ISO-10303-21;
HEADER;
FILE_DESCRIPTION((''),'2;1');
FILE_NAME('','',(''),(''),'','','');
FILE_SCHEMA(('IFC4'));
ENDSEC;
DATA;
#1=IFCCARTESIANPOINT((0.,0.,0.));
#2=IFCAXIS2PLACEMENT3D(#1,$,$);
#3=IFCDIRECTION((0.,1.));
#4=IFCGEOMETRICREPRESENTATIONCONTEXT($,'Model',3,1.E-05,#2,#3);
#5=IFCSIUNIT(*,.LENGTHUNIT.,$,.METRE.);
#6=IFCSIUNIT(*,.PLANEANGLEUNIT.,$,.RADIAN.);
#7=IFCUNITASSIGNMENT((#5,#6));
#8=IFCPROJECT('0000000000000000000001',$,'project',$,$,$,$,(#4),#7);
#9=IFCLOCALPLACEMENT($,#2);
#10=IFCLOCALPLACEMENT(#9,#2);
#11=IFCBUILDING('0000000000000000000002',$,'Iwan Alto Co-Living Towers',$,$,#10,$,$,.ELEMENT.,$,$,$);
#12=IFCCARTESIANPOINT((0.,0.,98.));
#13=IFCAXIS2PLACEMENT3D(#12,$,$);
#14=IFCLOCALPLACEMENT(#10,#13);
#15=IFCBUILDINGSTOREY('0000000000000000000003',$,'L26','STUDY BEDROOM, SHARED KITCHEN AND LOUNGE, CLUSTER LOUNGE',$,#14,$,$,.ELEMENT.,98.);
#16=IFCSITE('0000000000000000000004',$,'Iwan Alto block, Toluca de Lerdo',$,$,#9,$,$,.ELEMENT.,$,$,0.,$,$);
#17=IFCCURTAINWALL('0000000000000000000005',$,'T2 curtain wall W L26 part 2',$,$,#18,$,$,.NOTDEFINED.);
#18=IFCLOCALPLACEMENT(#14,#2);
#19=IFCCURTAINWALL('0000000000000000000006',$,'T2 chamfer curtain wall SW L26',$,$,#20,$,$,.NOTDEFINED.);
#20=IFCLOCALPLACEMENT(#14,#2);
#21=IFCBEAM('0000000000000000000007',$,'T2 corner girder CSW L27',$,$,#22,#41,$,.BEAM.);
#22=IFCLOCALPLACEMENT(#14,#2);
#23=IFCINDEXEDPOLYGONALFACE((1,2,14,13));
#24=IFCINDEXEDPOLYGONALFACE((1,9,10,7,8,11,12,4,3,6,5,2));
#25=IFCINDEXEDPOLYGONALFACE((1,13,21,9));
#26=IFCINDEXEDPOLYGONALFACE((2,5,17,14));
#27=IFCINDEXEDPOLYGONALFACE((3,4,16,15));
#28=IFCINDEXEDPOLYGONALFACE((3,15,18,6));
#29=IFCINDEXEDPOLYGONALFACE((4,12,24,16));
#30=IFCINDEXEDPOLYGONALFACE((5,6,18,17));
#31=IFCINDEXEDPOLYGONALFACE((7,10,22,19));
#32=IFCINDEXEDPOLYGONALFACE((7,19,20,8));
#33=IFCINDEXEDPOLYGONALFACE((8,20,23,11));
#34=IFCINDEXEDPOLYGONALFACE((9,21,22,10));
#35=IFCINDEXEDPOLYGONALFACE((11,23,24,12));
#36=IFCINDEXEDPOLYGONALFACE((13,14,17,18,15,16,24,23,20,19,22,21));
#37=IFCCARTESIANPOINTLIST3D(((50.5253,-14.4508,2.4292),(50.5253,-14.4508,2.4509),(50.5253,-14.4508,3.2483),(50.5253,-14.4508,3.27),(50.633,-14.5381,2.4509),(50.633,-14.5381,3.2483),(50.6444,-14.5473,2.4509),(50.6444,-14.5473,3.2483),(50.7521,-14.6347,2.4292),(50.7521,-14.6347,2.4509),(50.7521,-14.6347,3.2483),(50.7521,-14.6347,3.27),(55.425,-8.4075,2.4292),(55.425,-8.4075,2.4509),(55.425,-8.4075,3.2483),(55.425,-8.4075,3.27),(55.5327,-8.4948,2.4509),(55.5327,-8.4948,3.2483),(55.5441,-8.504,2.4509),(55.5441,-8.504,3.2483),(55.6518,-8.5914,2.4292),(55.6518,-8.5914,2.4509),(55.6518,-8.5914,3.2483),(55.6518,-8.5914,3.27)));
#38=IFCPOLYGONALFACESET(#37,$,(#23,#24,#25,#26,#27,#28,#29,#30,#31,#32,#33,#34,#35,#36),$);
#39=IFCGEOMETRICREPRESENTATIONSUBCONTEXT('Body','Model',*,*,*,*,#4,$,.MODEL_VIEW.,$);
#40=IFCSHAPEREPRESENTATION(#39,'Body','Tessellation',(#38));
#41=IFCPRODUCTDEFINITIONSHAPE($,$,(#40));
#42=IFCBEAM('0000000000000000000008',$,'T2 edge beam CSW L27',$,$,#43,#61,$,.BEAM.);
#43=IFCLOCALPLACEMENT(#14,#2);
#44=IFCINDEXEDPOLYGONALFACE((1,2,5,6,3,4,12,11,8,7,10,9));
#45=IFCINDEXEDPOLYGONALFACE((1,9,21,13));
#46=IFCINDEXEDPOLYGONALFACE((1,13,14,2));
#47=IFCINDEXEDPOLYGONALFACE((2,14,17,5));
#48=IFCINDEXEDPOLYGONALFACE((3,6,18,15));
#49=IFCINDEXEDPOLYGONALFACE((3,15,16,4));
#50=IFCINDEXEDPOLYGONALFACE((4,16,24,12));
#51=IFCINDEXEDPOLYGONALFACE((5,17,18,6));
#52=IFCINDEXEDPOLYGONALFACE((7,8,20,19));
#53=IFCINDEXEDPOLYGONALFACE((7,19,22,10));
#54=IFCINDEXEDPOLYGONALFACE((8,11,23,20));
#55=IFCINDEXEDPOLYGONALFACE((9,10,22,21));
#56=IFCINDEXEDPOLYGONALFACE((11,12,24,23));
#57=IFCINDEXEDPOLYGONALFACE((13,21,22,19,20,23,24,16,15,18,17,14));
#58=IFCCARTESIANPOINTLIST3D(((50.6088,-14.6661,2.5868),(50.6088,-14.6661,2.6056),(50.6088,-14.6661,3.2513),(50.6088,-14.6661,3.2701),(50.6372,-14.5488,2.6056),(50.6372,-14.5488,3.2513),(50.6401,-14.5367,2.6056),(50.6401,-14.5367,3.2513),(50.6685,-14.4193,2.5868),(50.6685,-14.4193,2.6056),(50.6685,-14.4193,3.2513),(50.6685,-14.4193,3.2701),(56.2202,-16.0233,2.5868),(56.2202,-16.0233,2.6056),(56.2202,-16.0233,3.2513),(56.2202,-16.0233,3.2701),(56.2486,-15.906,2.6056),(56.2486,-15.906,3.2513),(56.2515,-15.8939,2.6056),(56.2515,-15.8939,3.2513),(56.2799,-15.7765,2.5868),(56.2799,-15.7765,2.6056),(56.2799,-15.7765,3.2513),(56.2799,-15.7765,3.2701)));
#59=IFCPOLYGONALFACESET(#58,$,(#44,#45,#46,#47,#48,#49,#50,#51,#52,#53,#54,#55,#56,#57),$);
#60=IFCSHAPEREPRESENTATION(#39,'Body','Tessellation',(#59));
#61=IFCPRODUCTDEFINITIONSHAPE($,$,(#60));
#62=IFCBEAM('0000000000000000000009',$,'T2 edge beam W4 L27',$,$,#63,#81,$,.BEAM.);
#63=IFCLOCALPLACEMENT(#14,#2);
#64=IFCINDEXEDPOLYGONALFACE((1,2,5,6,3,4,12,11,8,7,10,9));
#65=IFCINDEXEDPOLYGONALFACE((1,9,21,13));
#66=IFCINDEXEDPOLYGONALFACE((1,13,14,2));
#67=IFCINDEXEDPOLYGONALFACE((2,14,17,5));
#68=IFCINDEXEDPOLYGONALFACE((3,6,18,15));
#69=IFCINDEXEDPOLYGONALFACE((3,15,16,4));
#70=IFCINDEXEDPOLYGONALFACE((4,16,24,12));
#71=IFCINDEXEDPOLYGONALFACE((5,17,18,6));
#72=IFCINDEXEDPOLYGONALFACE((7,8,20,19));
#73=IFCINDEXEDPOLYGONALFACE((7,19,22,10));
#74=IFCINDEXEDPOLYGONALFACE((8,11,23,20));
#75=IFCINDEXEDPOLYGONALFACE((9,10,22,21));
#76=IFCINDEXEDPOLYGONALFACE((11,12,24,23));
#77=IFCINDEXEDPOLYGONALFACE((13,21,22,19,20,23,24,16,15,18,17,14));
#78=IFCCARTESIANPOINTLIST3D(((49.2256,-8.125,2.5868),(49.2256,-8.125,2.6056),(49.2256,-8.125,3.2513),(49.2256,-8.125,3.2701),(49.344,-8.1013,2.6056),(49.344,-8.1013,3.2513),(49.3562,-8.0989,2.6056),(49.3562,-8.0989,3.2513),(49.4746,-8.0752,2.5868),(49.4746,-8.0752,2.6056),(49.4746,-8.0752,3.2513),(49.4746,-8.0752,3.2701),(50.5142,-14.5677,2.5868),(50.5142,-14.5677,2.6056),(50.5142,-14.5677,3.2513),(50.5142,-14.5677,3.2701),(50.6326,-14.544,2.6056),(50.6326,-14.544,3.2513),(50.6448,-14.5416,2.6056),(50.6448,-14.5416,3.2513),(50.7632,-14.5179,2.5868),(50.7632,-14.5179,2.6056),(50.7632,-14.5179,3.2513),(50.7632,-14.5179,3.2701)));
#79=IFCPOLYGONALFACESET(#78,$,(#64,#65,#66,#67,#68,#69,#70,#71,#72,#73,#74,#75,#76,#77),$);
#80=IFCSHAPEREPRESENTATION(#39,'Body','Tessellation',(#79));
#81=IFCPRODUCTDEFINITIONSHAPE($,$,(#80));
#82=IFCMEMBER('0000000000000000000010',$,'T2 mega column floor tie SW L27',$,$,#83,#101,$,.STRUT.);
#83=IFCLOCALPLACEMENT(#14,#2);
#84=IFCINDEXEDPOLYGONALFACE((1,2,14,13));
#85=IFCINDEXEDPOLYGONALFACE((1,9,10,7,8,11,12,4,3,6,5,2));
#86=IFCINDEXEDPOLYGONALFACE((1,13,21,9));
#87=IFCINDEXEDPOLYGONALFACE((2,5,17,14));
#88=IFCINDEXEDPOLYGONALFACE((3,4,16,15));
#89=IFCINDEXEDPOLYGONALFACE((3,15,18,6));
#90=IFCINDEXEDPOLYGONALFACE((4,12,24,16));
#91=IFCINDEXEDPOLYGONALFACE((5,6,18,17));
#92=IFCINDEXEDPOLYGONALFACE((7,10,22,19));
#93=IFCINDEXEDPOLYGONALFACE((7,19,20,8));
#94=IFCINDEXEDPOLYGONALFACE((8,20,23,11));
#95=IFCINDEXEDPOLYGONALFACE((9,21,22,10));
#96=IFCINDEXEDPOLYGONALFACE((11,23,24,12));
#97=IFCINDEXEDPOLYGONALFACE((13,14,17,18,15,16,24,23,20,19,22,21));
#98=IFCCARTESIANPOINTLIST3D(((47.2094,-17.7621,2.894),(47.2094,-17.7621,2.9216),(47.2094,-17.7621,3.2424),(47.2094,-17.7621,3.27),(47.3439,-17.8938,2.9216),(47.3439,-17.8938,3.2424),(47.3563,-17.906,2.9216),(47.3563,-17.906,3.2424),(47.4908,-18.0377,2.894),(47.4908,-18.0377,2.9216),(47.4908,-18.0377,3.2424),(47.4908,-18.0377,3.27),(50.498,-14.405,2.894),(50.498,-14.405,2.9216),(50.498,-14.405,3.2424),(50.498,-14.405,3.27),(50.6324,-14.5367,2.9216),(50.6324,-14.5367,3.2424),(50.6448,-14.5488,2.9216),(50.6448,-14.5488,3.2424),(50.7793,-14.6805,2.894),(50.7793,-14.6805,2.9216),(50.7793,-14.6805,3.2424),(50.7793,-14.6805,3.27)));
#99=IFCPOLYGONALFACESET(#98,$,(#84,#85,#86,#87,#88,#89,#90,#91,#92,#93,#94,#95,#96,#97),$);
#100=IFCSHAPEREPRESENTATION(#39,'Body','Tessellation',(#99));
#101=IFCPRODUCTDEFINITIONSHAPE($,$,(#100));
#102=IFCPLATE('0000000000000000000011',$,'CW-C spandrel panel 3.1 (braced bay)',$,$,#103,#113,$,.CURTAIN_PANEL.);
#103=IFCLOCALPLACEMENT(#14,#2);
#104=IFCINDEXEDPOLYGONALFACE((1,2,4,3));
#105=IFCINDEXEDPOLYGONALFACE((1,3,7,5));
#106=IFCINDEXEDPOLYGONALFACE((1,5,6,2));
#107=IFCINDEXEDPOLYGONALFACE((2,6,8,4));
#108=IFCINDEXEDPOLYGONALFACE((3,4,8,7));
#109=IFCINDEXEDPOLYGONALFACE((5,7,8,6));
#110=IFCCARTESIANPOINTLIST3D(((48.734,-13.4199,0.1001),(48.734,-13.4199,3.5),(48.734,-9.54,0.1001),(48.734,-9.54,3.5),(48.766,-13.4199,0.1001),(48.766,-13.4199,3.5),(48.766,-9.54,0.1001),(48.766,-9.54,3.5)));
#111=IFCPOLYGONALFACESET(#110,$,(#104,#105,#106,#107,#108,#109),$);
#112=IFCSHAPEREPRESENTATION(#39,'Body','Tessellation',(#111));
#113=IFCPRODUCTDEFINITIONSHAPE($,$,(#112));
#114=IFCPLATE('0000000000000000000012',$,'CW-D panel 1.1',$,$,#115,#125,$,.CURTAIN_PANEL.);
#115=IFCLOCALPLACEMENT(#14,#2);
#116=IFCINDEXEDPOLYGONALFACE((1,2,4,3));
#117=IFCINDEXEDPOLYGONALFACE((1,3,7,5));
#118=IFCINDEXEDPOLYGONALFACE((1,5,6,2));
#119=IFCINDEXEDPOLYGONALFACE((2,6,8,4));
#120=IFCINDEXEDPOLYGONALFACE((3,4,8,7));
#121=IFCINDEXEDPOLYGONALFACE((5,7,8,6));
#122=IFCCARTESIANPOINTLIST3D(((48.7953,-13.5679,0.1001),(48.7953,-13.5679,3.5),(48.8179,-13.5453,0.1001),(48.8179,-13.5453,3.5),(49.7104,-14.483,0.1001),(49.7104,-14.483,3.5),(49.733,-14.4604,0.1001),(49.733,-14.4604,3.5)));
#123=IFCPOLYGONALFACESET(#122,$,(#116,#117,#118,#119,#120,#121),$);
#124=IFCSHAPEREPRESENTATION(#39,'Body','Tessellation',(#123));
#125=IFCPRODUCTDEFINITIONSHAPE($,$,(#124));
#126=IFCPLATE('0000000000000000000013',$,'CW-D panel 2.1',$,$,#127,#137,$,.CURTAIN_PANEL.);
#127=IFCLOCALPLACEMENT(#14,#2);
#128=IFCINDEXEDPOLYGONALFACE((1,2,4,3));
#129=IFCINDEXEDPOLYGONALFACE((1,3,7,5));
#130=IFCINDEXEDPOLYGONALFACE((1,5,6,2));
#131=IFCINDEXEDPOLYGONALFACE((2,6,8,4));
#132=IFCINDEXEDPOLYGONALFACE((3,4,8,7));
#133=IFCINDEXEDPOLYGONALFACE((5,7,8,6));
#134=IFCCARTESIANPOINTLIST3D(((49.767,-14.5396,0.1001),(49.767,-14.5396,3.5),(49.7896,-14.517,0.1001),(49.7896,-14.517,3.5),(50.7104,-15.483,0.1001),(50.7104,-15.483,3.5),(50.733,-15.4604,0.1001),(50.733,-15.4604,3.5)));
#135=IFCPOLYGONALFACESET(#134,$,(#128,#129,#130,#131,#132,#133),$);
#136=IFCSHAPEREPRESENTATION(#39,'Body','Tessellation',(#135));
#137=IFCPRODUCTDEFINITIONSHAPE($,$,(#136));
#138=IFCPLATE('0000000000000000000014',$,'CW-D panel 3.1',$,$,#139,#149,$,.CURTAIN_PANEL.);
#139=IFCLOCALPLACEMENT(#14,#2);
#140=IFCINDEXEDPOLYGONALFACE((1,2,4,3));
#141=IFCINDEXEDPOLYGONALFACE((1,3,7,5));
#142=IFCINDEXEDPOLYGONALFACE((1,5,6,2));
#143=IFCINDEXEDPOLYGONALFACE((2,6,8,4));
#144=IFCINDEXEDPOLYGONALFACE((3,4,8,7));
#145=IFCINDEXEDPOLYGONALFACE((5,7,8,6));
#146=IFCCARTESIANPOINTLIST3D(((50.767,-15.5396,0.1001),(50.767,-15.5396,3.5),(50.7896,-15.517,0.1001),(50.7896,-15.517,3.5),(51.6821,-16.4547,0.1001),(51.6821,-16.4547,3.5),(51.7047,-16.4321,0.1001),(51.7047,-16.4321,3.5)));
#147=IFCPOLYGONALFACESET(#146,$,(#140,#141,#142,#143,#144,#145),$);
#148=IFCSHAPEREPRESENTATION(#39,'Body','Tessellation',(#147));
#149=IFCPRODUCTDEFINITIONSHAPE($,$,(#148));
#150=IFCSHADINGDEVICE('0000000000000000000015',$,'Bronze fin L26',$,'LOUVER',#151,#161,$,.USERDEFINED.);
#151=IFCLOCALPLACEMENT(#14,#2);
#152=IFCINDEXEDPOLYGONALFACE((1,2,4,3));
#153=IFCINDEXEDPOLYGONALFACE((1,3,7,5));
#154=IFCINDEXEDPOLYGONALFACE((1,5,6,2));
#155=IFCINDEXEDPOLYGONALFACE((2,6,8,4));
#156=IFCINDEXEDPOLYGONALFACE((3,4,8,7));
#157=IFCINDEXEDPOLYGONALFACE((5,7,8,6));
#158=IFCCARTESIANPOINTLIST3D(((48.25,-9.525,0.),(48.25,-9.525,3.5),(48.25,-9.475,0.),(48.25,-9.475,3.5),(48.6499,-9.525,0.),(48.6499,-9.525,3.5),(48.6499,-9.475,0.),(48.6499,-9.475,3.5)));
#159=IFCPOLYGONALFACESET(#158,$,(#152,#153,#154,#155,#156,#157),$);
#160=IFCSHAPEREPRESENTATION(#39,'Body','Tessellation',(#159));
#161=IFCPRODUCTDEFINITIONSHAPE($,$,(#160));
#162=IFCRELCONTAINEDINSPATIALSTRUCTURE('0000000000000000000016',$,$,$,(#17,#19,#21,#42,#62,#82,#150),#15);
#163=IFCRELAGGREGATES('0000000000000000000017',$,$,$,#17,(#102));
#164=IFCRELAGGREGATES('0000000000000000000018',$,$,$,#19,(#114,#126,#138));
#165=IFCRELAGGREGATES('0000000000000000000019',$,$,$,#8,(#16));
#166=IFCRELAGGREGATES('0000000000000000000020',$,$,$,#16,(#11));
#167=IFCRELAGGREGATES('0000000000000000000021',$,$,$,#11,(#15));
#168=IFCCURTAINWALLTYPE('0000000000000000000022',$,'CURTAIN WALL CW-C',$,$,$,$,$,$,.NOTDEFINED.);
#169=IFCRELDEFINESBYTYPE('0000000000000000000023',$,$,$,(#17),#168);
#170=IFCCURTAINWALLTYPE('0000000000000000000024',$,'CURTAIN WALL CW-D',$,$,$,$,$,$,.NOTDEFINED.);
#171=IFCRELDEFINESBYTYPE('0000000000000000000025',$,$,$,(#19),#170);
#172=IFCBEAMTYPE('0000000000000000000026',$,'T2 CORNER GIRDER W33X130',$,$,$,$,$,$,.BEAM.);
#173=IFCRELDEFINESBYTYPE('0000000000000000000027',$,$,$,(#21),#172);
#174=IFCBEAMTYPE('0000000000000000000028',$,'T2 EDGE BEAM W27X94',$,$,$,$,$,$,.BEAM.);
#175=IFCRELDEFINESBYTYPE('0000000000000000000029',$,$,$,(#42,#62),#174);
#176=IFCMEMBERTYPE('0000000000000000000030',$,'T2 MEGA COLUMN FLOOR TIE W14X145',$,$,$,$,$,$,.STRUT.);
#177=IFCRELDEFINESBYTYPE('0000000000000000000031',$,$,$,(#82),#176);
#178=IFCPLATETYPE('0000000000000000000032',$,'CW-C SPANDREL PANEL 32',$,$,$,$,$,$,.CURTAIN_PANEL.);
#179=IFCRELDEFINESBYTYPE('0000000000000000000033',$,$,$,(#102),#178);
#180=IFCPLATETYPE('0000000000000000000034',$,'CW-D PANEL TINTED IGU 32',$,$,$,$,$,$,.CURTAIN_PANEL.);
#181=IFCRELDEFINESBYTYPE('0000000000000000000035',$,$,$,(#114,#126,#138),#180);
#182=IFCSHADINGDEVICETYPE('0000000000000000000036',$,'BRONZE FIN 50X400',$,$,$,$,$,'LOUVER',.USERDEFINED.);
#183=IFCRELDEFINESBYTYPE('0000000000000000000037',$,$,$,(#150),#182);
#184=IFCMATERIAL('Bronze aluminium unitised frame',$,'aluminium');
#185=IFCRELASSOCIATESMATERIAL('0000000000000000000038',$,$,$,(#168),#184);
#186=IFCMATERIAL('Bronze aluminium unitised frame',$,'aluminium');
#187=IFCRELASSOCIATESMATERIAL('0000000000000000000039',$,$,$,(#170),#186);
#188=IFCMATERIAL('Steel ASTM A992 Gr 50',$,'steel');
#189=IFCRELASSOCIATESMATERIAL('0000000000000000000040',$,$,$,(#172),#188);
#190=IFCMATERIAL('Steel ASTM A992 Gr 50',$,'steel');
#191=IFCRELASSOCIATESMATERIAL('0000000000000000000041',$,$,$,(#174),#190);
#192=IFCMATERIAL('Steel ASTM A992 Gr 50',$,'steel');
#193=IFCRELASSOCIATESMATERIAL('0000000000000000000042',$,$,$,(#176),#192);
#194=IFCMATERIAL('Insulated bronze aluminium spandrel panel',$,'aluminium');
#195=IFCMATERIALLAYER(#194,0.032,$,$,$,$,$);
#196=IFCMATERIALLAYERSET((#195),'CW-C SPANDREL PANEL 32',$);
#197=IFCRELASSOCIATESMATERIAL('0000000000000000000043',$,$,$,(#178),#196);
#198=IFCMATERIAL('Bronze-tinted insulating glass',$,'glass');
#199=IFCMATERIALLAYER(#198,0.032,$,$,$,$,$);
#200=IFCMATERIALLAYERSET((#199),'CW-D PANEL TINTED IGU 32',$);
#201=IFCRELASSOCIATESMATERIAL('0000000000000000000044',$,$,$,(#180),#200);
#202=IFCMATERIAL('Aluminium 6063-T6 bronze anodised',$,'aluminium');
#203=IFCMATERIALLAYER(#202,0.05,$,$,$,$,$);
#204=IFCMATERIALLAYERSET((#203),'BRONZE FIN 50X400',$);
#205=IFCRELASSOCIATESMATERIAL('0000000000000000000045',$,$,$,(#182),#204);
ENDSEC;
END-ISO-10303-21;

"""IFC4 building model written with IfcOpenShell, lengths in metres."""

from ifc_helpers import new_model, si_unit, direction, frame, origin, origin_2d, place, context, subcontext, project, spatial, rectangle, i_section, extrude, material, layer, layer_set, material_profile, profile_set, type_object, element, aggregate, save


model = new_model("IFC4")

# Units and contexts
model_context = context("Model", 3, precision=1e-05, world=origin(), true_north=direction((0.0, 1.0)))
body_context = subcontext(model_context, "Body", "Model", "MODEL_VIEW")
ifc_project = project(units=[si_unit("LENGTHUNIT", "METRE"), si_unit("PLANEANGLEUNIT", "RADIAN")], contexts=[model_context])

# Site, building, storey
site_placement = place(None, origin())
site = spatial("IfcSite", under=ifc_project, at=site_placement, Name="Iwan Alto block, Toluca de Lerdo", CompositionType="ELEMENT", RefElevation=0.0)
building_placement = place(site_placement, origin())
building = spatial("IfcBuilding", under=site, at=building_placement, Name="Iwan Alto Co-Living Towers", CompositionType="ELEMENT")
storey_placement = place(building_placement, frame((0.0, 0.0, 98.0)))
storey = spatial("IfcBuildingStorey", under=building, at=storey_placement, Name="L26", Description="STUDY BEDROOM, SHARED KITCHEN AND LOUNGE, CLUSTER LOUNGE", CompositionType="ELEMENT", Elevation=98.0)

# Curtain walls
ifc_material_1 = material(Name="Bronze aluminium unitised frame", Category="aluminium")
curtain_wall_type_1 = type_object("IfcCurtainWallType", Name="CURTAIN WALL CW-C", PredefinedType="NOTDEFINED", material=ifc_material_1)
curtain_wall_1_placement = place(storey_placement, origin())
curtain_wall_1 = element("IfcCurtainWall", 1, at=curtain_wall_1_placement, inside=storey, type_object=curtain_wall_type_1, Name="T2 curtain wall W L26 part 2", PredefinedType="NOTDEFINED")
ifc_material_2 = material(Name="Bronze aluminium unitised frame", Category="aluminium")
curtain_wall_type_2 = type_object("IfcCurtainWallType", Name="CURTAIN WALL CW-D", PredefinedType="NOTDEFINED", material=ifc_material_2)
curtain_wall_2_placement = place(storey_placement, origin())
curtain_wall_2 = element("IfcCurtainWall", 2, at=curtain_wall_2_placement, inside=storey, type_object=curtain_wall_type_2, Name="T2 chamfer curtain wall SW L26", PredefinedType="NOTDEFINED")

# Beams
ifc_material_3 = material(Name="Steel ASTM A992 Gr 50", Category="steel")
ifc_material_profile_1 = material_profile(ifc_material_3, i_section(OverallWidth=0.292, OverallDepth=0.8408, WebThickness=0.0146, FlangeThickness=0.0217, at=origin_2d()), Name="W33X130")
ifc_profile_set_1 = profile_set([ifc_material_profile_1], Name="Steel ASTM A992 Gr 50")
beam_type_1 = type_object("IfcBeamType", Name="T2 CORNER GIRDER W33X130", PredefinedType="BEAM", material=ifc_profile_set_1)
beam_1_placement = place(storey_placement, frame((50.6387, -14.5427, 2.8496), z_axis=(0.629783, 0.776771, 0.0), x_axis=(-0.776771, 0.629783, 0.0)))
element("IfcBeam", 3, at=beam_1_placement, inside=storey, type_object=beam_type_1, Name="T2 corner girder CSW L27", PredefinedType="BEAM", context=body_context, shape_type="SweptSolid", body=[
    extrude(i_section(OverallWidth=0.292, OverallDepth=0.8408, WebThickness=0.0146, FlangeThickness=0.0217, at=origin_2d()), origin(), (0.0, 0.0, 1.0), 7.78),
])
ifc_material_4 = material(Name="Steel ASTM A992 Gr 50", Category="steel")
ifc_material_profile_2 = material_profile(ifc_material_4, i_section(OverallWidth=0.2539, OverallDepth=0.6833, WebThickness=0.0125, FlangeThickness=0.0188, at=origin_2d()), Name="W27X94")
ifc_profile_set_2 = profile_set([ifc_material_profile_2], Name="Steel ASTM A992 Gr 50")
beam_type_2 = type_object("IfcBeamType", Name="T2 EDGE BEAM W27X94", PredefinedType="BEAM", material=ifc_profile_set_2)
beam_2_placement = place(storey_placement, frame((50.6387, -14.5427, 2.9285), z_axis=(0.971975, -0.235086, 0.0), x_axis=(0.235086, 0.971975, 0.0)))
element("IfcBeam", 4, at=beam_2_placement, inside=storey, type_object=beam_type_2, Name="T2 edge beam CSW L27", PredefinedType="BEAM", context=body_context, shape_type="SweptSolid", body=[
    extrude(i_section(OverallWidth=0.2539, OverallDepth=0.6833, WebThickness=0.0125, FlangeThickness=0.0188, at=origin_2d()), origin(), (0.0, 0.0, 1.0), 5.7732),
])
beam_3_placement = place(storey_placement, frame((49.3501, -8.1001, 2.9285), z_axis=(0.196123, -0.980579, 0.0), x_axis=(0.980579, 0.196123, 0.0)))
element("IfcBeam", 5, at=beam_3_placement, inside=storey, type_object=beam_type_2, Name="T2 edge beam W4 L27", PredefinedType="BEAM", context=body_context, shape_type="SweptSolid", body=[
    extrude(i_section(OverallWidth=0.2539, OverallDepth=0.6833, WebThickness=0.0125, FlangeThickness=0.0188, at=origin_2d()), origin(), (0.0, 0.0, 1.0), 6.5703),
])

# Member
ifc_material_5 = material(Name="Steel ASTM A992 Gr 50", Category="steel")
ifc_material_profile_3 = material_profile(ifc_material_5, i_section(OverallWidth=0.3938, OverallDepth=0.376, WebThickness=0.0173, FlangeThickness=0.0276, at=origin_2d()), Name="W14X145")
ifc_profile_set_3 = profile_set([ifc_material_profile_3], Name="Steel ASTM A992 Gr 50")
member_type_1 = type_object("IfcMemberType", Name="T2 MEGA COLUMN FLOOR TIE W14X145", PredefinedType="STRUT", material=ifc_profile_set_3)
member_1_placement = place(storey_placement, frame((47.3501, -17.8999, 3.082), z_axis=(0.69977, 0.714368, 0.0), x_axis=(-0.714368, 0.69977, 0.0)))
element("IfcMember", 6, at=member_1_placement, inside=storey, type_object=member_type_1, Name="T2 mega column floor tie SW L27", PredefinedType="STRUT", context=body_context, shape_type="SweptSolid", body=[
    extrude(i_section(OverallWidth=0.3938, OverallDepth=0.376, WebThickness=0.0173, FlangeThickness=0.0276, at=origin_2d()), origin(), (0.0, 0.0, 1.0), 4.6995),
])

# Plates
ifc_material_6 = material(Name="Insulated bronze aluminium spandrel panel", Category="aluminium")
ifc_layer_1 = layer(ifc_material_6, 0.032)
ifc_layer_set_1 = layer_set([ifc_layer_1], Name="CW-C SPANDREL PANEL 32")
plate_type_1 = type_object("IfcPlateType", Name="CW-C SPANDREL PANEL 32", PredefinedType="CURTAIN_PANEL", material=ifc_layer_set_1)
plate_1_placement = place(storey_placement, frame((48.75, -11.48, 0.1001), z_axis=(0.0, 0.0, 1.0), x_axis=(0.0, -1.0, 0.0)))
plate_1 = element("IfcPlate", 7, at=plate_1_placement, type_object=plate_type_1, Name="CW-C spandrel panel 3.1 (braced bay)", PredefinedType="CURTAIN_PANEL", context=body_context, shape_type="SweptSolid", body=[
    extrude(rectangle(XDim=3.8799, YDim=0.032, at=origin_2d()), origin(), (0.0, 0.0, 1.0), 3.3999),
])
aggregate(curtain_wall_1, [plate_1])
ifc_material_7 = material(Name="Bronze-tinted insulating glass", Category="glass")
ifc_layer_2 = layer(ifc_material_7, 0.032)
ifc_layer_set_2 = layer_set([ifc_layer_2], Name="CW-D PANEL TINTED IGU 32")
plate_type_2 = type_object("IfcPlateType", Name="CW-D PANEL TINTED IGU 32", PredefinedType="CURTAIN_PANEL", material=ifc_layer_set_2)
plate_2_placement = place(storey_placement, frame((49.2642, -14.0142, 0.1001), z_axis=(0.0, 0.0, 1.0), x_axis=(0.707107, -0.707107, 0.0)))
plate_2 = element("IfcPlate", 8, at=plate_2_placement, type_object=plate_type_2, Name="CW-D panel 1.1", PredefinedType="CURTAIN_PANEL", context=body_context, shape_type="SweptSolid", body=[
    extrude(rectangle(XDim=1.2942, YDim=0.032, at=origin_2d()), origin(), (0.0, 0.0, 1.0), 3.3999),
])
plate_3_placement = place(storey_placement, frame((50.25, -15.0, 0.1001), z_axis=(0.0, 0.0, 1.0), x_axis=(0.707107, -0.707107, 0.0)))
plate_3 = element("IfcPlate", 9, at=plate_3_placement, type_object=plate_type_2, Name="CW-D panel 2.1", PredefinedType="CURTAIN_PANEL", context=body_context, shape_type="SweptSolid", body=[
    extrude(rectangle(XDim=1.3342, YDim=0.032, at=origin_2d()), origin(), (0.0, 0.0, 1.0), 3.3999),
])
plate_4_placement = place(storey_placement, frame((51.2358, -15.9858, 0.1001), z_axis=(0.0, 0.0, 1.0), x_axis=(0.707107, -0.707107, 0.0)))
plate_4 = element("IfcPlate", 10, at=plate_4_placement, type_object=plate_type_2, Name="CW-D panel 3.1", PredefinedType="CURTAIN_PANEL", context=body_context, shape_type="SweptSolid", body=[
    extrude(rectangle(XDim=1.2942, YDim=0.032, at=origin_2d()), origin(), (0.0, 0.0, 1.0), 3.3999),
])
aggregate(curtain_wall_2, [plate_2, plate_3, plate_4])

# Shading device
ifc_material_8 = material(Name="Aluminium 6063-T6 bronze anodised", Category="aluminium")
ifc_layer_3 = layer(ifc_material_8, 0.05)
ifc_layer_set_3 = layer_set([ifc_layer_3], Name="BRONZE FIN 50X400")
shading_device_type = type_object("IfcShadingDeviceType", Name="BRONZE FIN 50X400", ElementType="LOUVER", PredefinedType="USERDEFINED", material=ifc_layer_set_3)
shading_device_placement = place(storey_placement, frame((48.45, -9.5, 0.0), z_axis=(0.0, 0.0, 1.0), x_axis=(0.0, -1.0, 0.0)))
element("IfcShadingDevice", 11, at=shading_device_placement, inside=storey, type_object=shading_device_type, Name="Bronze fin L26", ObjectType="LOUVER", PredefinedType="USERDEFINED", context=body_context, shape_type="SweptSolid", body=[
    extrude(rectangle(XDim=0.05, YDim=0.3999, at=origin_2d()), origin(), (0.0, 0.0, 1.0), 3.5),
])

save(model, "model.ifc")
